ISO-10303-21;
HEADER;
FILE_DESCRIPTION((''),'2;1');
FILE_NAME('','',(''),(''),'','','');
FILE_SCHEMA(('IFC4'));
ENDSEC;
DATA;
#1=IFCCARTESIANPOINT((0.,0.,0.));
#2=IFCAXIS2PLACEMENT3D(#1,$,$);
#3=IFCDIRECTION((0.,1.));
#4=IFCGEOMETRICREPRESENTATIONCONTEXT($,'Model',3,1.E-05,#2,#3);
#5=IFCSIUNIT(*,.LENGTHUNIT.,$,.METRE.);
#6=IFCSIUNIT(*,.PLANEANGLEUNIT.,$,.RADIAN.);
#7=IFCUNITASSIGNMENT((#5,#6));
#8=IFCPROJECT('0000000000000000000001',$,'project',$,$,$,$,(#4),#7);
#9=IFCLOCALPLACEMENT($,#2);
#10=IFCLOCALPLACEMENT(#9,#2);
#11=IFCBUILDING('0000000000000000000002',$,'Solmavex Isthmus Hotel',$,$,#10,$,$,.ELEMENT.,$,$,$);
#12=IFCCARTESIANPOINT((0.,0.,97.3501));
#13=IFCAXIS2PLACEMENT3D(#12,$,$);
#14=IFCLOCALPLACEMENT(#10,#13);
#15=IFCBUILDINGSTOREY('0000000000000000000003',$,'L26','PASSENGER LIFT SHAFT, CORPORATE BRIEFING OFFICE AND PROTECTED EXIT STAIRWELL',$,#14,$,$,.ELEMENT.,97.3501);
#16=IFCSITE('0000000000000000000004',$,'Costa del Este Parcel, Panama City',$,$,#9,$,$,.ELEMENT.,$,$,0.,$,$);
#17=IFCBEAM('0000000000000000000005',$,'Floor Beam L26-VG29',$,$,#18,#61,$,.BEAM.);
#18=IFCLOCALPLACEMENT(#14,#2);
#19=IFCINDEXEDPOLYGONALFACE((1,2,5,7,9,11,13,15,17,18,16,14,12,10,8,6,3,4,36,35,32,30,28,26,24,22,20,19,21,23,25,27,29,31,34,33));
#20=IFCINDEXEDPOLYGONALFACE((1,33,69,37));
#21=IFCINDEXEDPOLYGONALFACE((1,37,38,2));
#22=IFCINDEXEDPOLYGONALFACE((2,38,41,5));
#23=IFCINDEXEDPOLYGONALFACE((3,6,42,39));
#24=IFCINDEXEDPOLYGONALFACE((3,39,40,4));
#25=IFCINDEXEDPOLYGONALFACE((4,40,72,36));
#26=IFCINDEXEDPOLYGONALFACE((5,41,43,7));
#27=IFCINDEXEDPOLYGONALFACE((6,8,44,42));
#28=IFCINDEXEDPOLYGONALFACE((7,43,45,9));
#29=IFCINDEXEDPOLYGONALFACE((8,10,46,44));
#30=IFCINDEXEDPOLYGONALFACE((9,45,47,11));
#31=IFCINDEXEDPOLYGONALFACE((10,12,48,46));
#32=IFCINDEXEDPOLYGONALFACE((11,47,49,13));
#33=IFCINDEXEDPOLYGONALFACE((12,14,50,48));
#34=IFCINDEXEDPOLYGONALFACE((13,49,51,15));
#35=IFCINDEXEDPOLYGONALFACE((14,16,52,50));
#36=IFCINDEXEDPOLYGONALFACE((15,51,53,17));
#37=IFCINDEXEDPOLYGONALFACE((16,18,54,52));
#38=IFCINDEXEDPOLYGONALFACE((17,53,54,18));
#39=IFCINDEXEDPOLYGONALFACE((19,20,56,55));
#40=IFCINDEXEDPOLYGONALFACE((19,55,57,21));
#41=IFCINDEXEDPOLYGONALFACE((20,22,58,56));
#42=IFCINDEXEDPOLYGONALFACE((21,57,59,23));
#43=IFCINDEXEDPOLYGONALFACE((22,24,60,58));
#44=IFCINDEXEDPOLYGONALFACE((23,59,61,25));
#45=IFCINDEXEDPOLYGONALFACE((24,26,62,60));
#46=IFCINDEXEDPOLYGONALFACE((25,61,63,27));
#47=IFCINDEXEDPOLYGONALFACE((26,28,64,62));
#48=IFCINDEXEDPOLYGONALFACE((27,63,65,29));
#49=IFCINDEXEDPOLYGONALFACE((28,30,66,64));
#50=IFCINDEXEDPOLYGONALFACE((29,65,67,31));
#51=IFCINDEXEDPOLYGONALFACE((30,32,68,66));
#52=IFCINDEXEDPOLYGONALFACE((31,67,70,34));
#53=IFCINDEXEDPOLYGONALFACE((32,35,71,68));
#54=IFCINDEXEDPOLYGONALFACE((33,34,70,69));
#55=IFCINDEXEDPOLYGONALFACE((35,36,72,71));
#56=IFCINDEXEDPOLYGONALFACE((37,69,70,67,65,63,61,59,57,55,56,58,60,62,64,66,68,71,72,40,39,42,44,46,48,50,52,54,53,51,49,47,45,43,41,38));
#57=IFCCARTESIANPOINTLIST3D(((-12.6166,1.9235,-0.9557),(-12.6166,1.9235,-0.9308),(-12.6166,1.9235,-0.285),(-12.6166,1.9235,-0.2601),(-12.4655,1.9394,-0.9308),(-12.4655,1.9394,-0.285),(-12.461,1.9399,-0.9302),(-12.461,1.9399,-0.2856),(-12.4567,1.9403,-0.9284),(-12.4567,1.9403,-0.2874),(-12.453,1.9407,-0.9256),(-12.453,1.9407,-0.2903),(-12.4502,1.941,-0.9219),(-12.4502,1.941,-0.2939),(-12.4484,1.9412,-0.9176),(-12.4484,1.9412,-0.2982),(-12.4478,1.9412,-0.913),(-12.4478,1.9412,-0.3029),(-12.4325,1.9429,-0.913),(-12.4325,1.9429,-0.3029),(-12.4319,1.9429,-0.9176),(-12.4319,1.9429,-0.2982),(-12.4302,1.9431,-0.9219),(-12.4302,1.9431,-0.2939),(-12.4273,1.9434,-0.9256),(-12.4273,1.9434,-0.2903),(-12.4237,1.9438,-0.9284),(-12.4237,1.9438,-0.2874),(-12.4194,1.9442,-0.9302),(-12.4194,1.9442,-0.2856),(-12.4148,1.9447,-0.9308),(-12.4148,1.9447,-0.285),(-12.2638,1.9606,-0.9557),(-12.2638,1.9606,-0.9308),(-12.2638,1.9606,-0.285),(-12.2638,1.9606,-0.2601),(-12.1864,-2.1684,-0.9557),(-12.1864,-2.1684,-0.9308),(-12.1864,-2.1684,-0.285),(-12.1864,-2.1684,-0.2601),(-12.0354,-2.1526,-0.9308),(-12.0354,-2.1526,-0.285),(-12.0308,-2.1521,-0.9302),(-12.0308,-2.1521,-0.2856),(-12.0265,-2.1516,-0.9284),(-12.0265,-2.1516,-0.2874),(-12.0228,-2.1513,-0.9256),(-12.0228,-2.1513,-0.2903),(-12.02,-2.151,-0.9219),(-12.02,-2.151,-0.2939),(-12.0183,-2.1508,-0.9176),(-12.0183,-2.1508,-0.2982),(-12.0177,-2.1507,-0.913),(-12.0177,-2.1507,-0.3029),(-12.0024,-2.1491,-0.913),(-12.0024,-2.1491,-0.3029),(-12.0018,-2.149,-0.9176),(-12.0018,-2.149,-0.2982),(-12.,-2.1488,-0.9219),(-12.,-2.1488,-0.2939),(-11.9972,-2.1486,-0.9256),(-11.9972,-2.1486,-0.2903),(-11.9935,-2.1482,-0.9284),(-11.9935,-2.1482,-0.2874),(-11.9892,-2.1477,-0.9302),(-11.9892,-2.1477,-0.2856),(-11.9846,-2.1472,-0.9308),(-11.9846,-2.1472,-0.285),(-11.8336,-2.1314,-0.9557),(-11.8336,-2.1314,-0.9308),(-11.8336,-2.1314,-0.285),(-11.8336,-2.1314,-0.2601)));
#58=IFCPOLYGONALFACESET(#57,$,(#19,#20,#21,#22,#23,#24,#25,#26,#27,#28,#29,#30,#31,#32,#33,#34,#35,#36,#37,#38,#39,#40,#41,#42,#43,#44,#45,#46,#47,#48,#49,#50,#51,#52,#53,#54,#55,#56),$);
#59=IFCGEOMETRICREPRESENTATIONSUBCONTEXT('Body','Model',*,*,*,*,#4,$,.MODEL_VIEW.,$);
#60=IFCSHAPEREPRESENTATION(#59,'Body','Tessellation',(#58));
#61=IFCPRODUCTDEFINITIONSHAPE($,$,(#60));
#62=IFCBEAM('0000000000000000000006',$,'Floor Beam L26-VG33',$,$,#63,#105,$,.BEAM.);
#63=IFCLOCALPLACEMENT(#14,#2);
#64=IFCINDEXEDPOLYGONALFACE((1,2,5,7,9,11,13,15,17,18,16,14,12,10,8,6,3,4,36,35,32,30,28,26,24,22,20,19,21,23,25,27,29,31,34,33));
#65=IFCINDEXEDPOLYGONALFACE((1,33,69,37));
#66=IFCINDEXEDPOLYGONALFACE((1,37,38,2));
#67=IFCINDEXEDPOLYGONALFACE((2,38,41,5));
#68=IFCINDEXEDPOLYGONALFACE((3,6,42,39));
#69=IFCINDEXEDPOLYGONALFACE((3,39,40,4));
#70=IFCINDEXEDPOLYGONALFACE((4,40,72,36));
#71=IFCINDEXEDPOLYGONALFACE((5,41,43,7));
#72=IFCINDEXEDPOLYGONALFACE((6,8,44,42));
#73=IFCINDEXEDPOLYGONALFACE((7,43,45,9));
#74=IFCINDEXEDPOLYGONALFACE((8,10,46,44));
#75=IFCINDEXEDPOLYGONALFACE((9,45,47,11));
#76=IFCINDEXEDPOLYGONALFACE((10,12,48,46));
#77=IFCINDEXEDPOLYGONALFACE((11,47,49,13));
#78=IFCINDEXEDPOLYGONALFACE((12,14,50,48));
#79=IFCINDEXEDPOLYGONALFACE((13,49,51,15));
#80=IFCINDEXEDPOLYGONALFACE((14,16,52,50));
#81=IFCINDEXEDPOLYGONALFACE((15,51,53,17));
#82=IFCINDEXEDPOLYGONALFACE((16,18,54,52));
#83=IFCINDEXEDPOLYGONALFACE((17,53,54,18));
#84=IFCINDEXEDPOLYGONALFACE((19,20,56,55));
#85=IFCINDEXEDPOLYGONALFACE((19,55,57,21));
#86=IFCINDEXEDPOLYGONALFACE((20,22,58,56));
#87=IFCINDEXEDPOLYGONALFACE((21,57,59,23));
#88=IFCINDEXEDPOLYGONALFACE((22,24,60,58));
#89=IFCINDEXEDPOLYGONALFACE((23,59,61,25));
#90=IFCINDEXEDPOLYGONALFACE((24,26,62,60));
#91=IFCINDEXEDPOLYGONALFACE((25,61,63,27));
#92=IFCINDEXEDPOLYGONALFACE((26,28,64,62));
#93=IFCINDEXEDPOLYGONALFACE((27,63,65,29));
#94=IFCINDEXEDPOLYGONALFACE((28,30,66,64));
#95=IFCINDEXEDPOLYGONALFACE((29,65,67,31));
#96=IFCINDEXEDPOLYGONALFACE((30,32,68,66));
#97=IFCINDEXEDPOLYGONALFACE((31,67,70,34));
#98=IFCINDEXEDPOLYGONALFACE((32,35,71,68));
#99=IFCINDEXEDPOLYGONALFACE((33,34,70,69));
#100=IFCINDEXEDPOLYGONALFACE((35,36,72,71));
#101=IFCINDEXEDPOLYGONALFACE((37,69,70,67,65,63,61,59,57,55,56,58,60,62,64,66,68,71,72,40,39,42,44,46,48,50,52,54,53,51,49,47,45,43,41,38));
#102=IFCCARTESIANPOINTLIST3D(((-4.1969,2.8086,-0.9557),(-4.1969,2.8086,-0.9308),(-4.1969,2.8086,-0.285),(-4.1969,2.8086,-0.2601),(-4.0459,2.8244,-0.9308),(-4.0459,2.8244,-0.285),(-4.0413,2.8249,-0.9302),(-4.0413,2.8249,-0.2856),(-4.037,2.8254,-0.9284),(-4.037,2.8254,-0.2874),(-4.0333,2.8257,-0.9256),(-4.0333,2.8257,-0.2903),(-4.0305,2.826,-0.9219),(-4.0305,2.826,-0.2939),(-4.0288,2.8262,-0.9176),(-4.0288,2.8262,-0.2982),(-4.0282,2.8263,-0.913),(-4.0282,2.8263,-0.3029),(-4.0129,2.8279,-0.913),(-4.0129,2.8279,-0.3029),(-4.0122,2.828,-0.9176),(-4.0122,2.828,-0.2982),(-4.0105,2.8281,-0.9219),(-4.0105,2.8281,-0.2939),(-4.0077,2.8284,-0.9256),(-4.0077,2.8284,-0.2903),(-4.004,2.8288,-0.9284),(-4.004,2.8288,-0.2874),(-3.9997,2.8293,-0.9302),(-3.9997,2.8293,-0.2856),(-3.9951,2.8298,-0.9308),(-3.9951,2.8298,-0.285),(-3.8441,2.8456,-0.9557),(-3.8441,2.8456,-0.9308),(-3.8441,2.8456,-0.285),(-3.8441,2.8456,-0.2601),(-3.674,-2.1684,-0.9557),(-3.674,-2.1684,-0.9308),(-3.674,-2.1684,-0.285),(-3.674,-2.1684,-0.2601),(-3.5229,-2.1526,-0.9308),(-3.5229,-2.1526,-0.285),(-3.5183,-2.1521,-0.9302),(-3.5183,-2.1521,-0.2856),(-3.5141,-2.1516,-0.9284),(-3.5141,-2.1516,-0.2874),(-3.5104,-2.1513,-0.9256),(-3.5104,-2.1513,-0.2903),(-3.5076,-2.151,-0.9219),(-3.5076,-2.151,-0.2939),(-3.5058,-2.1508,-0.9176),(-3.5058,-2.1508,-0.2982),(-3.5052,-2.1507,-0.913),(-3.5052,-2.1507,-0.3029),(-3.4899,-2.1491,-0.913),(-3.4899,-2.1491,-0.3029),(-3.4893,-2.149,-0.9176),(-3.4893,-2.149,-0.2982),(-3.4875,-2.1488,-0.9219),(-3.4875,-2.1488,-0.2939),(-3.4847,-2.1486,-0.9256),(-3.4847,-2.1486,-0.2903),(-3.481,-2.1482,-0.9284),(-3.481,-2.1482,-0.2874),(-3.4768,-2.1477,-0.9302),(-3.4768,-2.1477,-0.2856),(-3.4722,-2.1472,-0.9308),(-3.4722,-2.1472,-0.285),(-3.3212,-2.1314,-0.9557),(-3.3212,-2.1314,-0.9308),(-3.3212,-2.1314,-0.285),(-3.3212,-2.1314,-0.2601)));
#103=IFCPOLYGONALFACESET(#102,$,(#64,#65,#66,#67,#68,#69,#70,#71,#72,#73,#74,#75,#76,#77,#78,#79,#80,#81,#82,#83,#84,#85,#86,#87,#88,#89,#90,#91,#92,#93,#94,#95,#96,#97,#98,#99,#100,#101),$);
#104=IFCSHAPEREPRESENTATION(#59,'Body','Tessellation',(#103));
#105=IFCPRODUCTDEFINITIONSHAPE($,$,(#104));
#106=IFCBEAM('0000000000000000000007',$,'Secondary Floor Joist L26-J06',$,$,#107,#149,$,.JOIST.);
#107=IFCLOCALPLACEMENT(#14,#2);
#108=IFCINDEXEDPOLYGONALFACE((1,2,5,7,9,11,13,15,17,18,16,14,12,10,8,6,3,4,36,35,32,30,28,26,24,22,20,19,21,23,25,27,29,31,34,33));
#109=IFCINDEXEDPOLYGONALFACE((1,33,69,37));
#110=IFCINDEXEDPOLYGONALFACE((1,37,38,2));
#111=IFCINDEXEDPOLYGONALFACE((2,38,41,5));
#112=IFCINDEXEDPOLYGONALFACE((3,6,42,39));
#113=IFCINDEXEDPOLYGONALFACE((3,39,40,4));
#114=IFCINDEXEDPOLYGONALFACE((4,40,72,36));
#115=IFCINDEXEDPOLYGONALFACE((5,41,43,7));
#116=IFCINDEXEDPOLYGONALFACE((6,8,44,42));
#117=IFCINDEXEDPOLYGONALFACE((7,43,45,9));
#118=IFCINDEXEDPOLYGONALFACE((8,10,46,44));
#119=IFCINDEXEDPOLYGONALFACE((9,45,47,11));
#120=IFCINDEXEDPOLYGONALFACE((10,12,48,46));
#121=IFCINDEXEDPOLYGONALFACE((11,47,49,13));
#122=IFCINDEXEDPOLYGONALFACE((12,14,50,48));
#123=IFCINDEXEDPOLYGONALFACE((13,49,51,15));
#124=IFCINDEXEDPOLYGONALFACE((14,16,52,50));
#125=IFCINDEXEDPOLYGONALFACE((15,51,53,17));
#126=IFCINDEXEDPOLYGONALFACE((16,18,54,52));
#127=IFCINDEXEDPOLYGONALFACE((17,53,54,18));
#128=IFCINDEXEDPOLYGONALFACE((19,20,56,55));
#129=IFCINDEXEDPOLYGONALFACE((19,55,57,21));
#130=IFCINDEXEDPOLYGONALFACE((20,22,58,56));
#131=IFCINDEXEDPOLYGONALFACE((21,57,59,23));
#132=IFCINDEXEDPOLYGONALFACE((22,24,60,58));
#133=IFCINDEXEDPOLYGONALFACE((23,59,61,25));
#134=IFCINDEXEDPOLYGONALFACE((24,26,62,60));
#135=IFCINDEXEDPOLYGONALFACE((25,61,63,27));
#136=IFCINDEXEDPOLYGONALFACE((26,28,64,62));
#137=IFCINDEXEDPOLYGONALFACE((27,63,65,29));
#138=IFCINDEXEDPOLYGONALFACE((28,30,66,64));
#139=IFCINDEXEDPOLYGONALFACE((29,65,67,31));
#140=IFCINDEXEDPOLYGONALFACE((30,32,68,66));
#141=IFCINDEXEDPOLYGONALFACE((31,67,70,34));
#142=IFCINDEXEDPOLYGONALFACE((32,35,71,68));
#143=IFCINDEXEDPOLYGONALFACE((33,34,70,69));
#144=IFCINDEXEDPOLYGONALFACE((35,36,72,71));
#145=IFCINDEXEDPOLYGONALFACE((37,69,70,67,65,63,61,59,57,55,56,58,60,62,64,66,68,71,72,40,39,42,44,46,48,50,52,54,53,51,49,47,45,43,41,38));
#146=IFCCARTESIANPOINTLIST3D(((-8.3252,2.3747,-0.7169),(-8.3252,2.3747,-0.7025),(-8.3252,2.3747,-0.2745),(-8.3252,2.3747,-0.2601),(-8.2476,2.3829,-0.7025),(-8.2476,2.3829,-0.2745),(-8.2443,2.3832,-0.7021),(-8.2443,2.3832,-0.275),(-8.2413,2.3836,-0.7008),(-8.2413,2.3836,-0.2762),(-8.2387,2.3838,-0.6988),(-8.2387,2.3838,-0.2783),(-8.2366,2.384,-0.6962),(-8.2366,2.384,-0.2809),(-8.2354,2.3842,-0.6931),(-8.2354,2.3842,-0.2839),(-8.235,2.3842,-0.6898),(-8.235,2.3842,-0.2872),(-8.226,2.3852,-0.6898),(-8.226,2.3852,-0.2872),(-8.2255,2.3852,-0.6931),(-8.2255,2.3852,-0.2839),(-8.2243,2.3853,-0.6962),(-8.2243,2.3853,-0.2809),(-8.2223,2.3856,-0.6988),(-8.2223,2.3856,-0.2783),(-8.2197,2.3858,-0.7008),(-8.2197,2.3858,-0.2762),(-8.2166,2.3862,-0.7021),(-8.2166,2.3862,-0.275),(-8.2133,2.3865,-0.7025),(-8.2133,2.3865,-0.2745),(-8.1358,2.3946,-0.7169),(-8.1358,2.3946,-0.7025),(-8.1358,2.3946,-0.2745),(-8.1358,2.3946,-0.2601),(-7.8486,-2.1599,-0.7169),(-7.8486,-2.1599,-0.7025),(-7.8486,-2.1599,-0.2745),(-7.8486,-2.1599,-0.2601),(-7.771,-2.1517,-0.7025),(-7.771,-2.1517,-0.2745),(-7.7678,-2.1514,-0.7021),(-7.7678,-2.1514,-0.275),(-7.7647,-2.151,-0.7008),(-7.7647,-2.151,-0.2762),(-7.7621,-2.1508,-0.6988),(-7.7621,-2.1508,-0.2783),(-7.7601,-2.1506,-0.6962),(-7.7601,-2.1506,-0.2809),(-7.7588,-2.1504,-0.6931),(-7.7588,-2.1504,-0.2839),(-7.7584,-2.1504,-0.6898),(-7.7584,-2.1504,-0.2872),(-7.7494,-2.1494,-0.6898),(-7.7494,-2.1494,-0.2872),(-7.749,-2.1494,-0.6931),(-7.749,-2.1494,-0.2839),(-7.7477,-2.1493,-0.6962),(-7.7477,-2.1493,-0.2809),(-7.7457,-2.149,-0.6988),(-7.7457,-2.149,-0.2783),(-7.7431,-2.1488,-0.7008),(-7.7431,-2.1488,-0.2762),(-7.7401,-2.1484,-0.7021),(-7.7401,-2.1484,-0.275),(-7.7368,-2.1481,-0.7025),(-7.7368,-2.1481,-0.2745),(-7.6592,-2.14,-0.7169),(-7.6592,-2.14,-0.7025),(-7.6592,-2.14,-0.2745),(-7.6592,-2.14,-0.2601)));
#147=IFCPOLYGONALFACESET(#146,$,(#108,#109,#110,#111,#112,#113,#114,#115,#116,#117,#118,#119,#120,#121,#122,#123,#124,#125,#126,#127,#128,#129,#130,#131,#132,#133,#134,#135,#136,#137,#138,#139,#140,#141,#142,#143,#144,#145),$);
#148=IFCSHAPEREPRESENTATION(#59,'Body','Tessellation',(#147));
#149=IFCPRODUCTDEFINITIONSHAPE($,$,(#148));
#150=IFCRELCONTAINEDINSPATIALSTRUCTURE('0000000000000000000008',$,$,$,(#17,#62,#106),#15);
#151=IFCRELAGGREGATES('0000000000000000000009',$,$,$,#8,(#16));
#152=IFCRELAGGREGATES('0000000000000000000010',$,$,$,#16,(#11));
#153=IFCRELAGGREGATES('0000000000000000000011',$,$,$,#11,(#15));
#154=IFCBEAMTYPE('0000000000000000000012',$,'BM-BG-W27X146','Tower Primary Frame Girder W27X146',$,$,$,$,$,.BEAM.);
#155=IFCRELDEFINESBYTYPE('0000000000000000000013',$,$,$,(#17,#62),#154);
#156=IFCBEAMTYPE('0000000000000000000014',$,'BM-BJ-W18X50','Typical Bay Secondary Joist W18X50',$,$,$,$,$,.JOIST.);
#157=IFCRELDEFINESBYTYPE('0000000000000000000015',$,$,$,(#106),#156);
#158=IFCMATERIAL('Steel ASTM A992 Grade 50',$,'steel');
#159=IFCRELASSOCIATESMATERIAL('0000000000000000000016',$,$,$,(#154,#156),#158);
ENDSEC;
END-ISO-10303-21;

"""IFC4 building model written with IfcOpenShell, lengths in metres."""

from ifc_helpers import new_model, si_unit, direction, frame, origin, origin_2d, place, context, subcontext, project, spatial, i_section, extrude, material, material_profile, profile_set, type_object, element, save


model = new_model("IFC4")

# Units and contexts
model_context = context("Model", 3, precision=1e-05, world=origin(), true_north=direction((0.0, 1.0)))
body_context = subcontext(model_context, "Body", "Model", "MODEL_VIEW")
ifc_project = project(units=[si_unit("LENGTHUNIT", "METRE"), si_unit("PLANEANGLEUNIT", "RADIAN")], contexts=[model_context])

# Site, building, storey
site_placement = place(None, origin())
site = spatial("IfcSite", under=ifc_project, at=site_placement, Name="Costa del Este Parcel, Panama City", CompositionType="ELEMENT", RefElevation=0.0)
building_placement = place(site_placement, origin())
building = spatial("IfcBuilding", under=site, at=building_placement, Name="Solmavex Isthmus Hotel", CompositionType="ELEMENT")
storey_placement = place(building_placement, frame((0.0, 0.0, 97.3501)))
storey = spatial("IfcBuildingStorey", under=building, at=storey_placement, Name="L26", Description="PASSENGER LIFT SHAFT, CORPORATE BRIEFING OFFICE AND PROTECTED EXIT STAIRWELL", CompositionType="ELEMENT", Elevation=97.3501)

# Beams
ifc_material_1 = material(Name="Steel ASTM A992 Grade 50", Category="steel")
ifc_material_profile_1 = material_profile(ifc_material_1, i_section(OverallWidth=0.3547, OverallDepth=0.6956, WebThickness=0.0154, FlangeThickness=0.0249, FilletRadius=0.0178, at=origin_2d()), Name="W27X146")
ifc_profile_set_1 = profile_set([ifc_material_profile_1], Name="Steel ASTM A992 Grade 50")
beam_type_1 = type_object("IfcBeamType", Name="BM-BG-W27X146", Description="Tower Primary Frame Girder W27X146", PredefinedType="BEAM", material=ifc_profile_set_1)
beam_1_placement = place(storey_placement, frame((-12.01, -2.1499, -0.6079), z_axis=(-0.104549, 0.99452, 0.0), x_axis=(-0.99452, -0.104549, 0.0)))
element("IfcBeam", 1, at=beam_1_placement, inside=storey, type_object=beam_type_1, Name="Floor Beam L26-VG29", PredefinedType="BEAM", context=body_context, shape_type="SweptSolid", body=[
    extrude(i_section(OverallWidth=0.3547, OverallDepth=0.6956, WebThickness=0.0154, FlangeThickness=0.0249, FilletRadius=0.0178, at=origin_2d()), origin(), (0.0, 0.0, 1.0), 4.1145),
])
beam_2_placement = place(storey_placement, frame((-3.4976, -2.1499, -0.6079), z_axis=(-0.104497, 0.994525, 0.0), x_axis=(-0.994525, -0.104497, 0.0)))
element("IfcBeam", 2, at=beam_2_placement, inside=storey, type_object=beam_type_1, Name="Floor Beam L26-VG33", PredefinedType="BEAM", context=body_context, shape_type="SweptSolid", body=[
    extrude(i_section(OverallWidth=0.3547, OverallDepth=0.6956, WebThickness=0.0154, FlangeThickness=0.0249, FilletRadius=0.0178, at=origin_2d()), origin(), (0.0, 0.0, 1.0), 5.0044),
])
ifc_material_profile_2 = material_profile(ifc_material_1, i_section(OverallWidth=0.1904, OverallDepth=0.4568, WebThickness=0.009, FlangeThickness=0.0144, FilletRadius=0.0127, at=origin_2d()), Name="W18X50")
ifc_profile_set_2 = profile_set([ifc_material_profile_2], Name="Steel ASTM A992 Grade 50")
beam_type_2 = type_object("IfcBeamType", Name="BM-BJ-W18X50", Description="Typical Bay Secondary Joist W18X50", PredefinedType="JOIST", material=ifc_profile_set_2)
beam_3_placement = place(storey_placement, frame((-7.7539, -2.1499, -0.4885), z_axis=(-0.104518, 0.994523, 0.0), x_axis=(-0.994523, -0.104518, 0.0)))
element("IfcBeam", 3, at=beam_3_placement, inside=storey, type_object=beam_type_2, Name="Secondary Floor Joist L26-J06", PredefinedType="JOIST", context=body_context, shape_type="SweptSolid", body=[
    extrude(i_section(OverallWidth=0.1904, OverallDepth=0.4568, WebThickness=0.009, FlangeThickness=0.0144, FilletRadius=0.0127, at=origin_2d()), origin(), (0.0, 0.0, 1.0), 4.5596),
])

save(model, "model.ifc")
